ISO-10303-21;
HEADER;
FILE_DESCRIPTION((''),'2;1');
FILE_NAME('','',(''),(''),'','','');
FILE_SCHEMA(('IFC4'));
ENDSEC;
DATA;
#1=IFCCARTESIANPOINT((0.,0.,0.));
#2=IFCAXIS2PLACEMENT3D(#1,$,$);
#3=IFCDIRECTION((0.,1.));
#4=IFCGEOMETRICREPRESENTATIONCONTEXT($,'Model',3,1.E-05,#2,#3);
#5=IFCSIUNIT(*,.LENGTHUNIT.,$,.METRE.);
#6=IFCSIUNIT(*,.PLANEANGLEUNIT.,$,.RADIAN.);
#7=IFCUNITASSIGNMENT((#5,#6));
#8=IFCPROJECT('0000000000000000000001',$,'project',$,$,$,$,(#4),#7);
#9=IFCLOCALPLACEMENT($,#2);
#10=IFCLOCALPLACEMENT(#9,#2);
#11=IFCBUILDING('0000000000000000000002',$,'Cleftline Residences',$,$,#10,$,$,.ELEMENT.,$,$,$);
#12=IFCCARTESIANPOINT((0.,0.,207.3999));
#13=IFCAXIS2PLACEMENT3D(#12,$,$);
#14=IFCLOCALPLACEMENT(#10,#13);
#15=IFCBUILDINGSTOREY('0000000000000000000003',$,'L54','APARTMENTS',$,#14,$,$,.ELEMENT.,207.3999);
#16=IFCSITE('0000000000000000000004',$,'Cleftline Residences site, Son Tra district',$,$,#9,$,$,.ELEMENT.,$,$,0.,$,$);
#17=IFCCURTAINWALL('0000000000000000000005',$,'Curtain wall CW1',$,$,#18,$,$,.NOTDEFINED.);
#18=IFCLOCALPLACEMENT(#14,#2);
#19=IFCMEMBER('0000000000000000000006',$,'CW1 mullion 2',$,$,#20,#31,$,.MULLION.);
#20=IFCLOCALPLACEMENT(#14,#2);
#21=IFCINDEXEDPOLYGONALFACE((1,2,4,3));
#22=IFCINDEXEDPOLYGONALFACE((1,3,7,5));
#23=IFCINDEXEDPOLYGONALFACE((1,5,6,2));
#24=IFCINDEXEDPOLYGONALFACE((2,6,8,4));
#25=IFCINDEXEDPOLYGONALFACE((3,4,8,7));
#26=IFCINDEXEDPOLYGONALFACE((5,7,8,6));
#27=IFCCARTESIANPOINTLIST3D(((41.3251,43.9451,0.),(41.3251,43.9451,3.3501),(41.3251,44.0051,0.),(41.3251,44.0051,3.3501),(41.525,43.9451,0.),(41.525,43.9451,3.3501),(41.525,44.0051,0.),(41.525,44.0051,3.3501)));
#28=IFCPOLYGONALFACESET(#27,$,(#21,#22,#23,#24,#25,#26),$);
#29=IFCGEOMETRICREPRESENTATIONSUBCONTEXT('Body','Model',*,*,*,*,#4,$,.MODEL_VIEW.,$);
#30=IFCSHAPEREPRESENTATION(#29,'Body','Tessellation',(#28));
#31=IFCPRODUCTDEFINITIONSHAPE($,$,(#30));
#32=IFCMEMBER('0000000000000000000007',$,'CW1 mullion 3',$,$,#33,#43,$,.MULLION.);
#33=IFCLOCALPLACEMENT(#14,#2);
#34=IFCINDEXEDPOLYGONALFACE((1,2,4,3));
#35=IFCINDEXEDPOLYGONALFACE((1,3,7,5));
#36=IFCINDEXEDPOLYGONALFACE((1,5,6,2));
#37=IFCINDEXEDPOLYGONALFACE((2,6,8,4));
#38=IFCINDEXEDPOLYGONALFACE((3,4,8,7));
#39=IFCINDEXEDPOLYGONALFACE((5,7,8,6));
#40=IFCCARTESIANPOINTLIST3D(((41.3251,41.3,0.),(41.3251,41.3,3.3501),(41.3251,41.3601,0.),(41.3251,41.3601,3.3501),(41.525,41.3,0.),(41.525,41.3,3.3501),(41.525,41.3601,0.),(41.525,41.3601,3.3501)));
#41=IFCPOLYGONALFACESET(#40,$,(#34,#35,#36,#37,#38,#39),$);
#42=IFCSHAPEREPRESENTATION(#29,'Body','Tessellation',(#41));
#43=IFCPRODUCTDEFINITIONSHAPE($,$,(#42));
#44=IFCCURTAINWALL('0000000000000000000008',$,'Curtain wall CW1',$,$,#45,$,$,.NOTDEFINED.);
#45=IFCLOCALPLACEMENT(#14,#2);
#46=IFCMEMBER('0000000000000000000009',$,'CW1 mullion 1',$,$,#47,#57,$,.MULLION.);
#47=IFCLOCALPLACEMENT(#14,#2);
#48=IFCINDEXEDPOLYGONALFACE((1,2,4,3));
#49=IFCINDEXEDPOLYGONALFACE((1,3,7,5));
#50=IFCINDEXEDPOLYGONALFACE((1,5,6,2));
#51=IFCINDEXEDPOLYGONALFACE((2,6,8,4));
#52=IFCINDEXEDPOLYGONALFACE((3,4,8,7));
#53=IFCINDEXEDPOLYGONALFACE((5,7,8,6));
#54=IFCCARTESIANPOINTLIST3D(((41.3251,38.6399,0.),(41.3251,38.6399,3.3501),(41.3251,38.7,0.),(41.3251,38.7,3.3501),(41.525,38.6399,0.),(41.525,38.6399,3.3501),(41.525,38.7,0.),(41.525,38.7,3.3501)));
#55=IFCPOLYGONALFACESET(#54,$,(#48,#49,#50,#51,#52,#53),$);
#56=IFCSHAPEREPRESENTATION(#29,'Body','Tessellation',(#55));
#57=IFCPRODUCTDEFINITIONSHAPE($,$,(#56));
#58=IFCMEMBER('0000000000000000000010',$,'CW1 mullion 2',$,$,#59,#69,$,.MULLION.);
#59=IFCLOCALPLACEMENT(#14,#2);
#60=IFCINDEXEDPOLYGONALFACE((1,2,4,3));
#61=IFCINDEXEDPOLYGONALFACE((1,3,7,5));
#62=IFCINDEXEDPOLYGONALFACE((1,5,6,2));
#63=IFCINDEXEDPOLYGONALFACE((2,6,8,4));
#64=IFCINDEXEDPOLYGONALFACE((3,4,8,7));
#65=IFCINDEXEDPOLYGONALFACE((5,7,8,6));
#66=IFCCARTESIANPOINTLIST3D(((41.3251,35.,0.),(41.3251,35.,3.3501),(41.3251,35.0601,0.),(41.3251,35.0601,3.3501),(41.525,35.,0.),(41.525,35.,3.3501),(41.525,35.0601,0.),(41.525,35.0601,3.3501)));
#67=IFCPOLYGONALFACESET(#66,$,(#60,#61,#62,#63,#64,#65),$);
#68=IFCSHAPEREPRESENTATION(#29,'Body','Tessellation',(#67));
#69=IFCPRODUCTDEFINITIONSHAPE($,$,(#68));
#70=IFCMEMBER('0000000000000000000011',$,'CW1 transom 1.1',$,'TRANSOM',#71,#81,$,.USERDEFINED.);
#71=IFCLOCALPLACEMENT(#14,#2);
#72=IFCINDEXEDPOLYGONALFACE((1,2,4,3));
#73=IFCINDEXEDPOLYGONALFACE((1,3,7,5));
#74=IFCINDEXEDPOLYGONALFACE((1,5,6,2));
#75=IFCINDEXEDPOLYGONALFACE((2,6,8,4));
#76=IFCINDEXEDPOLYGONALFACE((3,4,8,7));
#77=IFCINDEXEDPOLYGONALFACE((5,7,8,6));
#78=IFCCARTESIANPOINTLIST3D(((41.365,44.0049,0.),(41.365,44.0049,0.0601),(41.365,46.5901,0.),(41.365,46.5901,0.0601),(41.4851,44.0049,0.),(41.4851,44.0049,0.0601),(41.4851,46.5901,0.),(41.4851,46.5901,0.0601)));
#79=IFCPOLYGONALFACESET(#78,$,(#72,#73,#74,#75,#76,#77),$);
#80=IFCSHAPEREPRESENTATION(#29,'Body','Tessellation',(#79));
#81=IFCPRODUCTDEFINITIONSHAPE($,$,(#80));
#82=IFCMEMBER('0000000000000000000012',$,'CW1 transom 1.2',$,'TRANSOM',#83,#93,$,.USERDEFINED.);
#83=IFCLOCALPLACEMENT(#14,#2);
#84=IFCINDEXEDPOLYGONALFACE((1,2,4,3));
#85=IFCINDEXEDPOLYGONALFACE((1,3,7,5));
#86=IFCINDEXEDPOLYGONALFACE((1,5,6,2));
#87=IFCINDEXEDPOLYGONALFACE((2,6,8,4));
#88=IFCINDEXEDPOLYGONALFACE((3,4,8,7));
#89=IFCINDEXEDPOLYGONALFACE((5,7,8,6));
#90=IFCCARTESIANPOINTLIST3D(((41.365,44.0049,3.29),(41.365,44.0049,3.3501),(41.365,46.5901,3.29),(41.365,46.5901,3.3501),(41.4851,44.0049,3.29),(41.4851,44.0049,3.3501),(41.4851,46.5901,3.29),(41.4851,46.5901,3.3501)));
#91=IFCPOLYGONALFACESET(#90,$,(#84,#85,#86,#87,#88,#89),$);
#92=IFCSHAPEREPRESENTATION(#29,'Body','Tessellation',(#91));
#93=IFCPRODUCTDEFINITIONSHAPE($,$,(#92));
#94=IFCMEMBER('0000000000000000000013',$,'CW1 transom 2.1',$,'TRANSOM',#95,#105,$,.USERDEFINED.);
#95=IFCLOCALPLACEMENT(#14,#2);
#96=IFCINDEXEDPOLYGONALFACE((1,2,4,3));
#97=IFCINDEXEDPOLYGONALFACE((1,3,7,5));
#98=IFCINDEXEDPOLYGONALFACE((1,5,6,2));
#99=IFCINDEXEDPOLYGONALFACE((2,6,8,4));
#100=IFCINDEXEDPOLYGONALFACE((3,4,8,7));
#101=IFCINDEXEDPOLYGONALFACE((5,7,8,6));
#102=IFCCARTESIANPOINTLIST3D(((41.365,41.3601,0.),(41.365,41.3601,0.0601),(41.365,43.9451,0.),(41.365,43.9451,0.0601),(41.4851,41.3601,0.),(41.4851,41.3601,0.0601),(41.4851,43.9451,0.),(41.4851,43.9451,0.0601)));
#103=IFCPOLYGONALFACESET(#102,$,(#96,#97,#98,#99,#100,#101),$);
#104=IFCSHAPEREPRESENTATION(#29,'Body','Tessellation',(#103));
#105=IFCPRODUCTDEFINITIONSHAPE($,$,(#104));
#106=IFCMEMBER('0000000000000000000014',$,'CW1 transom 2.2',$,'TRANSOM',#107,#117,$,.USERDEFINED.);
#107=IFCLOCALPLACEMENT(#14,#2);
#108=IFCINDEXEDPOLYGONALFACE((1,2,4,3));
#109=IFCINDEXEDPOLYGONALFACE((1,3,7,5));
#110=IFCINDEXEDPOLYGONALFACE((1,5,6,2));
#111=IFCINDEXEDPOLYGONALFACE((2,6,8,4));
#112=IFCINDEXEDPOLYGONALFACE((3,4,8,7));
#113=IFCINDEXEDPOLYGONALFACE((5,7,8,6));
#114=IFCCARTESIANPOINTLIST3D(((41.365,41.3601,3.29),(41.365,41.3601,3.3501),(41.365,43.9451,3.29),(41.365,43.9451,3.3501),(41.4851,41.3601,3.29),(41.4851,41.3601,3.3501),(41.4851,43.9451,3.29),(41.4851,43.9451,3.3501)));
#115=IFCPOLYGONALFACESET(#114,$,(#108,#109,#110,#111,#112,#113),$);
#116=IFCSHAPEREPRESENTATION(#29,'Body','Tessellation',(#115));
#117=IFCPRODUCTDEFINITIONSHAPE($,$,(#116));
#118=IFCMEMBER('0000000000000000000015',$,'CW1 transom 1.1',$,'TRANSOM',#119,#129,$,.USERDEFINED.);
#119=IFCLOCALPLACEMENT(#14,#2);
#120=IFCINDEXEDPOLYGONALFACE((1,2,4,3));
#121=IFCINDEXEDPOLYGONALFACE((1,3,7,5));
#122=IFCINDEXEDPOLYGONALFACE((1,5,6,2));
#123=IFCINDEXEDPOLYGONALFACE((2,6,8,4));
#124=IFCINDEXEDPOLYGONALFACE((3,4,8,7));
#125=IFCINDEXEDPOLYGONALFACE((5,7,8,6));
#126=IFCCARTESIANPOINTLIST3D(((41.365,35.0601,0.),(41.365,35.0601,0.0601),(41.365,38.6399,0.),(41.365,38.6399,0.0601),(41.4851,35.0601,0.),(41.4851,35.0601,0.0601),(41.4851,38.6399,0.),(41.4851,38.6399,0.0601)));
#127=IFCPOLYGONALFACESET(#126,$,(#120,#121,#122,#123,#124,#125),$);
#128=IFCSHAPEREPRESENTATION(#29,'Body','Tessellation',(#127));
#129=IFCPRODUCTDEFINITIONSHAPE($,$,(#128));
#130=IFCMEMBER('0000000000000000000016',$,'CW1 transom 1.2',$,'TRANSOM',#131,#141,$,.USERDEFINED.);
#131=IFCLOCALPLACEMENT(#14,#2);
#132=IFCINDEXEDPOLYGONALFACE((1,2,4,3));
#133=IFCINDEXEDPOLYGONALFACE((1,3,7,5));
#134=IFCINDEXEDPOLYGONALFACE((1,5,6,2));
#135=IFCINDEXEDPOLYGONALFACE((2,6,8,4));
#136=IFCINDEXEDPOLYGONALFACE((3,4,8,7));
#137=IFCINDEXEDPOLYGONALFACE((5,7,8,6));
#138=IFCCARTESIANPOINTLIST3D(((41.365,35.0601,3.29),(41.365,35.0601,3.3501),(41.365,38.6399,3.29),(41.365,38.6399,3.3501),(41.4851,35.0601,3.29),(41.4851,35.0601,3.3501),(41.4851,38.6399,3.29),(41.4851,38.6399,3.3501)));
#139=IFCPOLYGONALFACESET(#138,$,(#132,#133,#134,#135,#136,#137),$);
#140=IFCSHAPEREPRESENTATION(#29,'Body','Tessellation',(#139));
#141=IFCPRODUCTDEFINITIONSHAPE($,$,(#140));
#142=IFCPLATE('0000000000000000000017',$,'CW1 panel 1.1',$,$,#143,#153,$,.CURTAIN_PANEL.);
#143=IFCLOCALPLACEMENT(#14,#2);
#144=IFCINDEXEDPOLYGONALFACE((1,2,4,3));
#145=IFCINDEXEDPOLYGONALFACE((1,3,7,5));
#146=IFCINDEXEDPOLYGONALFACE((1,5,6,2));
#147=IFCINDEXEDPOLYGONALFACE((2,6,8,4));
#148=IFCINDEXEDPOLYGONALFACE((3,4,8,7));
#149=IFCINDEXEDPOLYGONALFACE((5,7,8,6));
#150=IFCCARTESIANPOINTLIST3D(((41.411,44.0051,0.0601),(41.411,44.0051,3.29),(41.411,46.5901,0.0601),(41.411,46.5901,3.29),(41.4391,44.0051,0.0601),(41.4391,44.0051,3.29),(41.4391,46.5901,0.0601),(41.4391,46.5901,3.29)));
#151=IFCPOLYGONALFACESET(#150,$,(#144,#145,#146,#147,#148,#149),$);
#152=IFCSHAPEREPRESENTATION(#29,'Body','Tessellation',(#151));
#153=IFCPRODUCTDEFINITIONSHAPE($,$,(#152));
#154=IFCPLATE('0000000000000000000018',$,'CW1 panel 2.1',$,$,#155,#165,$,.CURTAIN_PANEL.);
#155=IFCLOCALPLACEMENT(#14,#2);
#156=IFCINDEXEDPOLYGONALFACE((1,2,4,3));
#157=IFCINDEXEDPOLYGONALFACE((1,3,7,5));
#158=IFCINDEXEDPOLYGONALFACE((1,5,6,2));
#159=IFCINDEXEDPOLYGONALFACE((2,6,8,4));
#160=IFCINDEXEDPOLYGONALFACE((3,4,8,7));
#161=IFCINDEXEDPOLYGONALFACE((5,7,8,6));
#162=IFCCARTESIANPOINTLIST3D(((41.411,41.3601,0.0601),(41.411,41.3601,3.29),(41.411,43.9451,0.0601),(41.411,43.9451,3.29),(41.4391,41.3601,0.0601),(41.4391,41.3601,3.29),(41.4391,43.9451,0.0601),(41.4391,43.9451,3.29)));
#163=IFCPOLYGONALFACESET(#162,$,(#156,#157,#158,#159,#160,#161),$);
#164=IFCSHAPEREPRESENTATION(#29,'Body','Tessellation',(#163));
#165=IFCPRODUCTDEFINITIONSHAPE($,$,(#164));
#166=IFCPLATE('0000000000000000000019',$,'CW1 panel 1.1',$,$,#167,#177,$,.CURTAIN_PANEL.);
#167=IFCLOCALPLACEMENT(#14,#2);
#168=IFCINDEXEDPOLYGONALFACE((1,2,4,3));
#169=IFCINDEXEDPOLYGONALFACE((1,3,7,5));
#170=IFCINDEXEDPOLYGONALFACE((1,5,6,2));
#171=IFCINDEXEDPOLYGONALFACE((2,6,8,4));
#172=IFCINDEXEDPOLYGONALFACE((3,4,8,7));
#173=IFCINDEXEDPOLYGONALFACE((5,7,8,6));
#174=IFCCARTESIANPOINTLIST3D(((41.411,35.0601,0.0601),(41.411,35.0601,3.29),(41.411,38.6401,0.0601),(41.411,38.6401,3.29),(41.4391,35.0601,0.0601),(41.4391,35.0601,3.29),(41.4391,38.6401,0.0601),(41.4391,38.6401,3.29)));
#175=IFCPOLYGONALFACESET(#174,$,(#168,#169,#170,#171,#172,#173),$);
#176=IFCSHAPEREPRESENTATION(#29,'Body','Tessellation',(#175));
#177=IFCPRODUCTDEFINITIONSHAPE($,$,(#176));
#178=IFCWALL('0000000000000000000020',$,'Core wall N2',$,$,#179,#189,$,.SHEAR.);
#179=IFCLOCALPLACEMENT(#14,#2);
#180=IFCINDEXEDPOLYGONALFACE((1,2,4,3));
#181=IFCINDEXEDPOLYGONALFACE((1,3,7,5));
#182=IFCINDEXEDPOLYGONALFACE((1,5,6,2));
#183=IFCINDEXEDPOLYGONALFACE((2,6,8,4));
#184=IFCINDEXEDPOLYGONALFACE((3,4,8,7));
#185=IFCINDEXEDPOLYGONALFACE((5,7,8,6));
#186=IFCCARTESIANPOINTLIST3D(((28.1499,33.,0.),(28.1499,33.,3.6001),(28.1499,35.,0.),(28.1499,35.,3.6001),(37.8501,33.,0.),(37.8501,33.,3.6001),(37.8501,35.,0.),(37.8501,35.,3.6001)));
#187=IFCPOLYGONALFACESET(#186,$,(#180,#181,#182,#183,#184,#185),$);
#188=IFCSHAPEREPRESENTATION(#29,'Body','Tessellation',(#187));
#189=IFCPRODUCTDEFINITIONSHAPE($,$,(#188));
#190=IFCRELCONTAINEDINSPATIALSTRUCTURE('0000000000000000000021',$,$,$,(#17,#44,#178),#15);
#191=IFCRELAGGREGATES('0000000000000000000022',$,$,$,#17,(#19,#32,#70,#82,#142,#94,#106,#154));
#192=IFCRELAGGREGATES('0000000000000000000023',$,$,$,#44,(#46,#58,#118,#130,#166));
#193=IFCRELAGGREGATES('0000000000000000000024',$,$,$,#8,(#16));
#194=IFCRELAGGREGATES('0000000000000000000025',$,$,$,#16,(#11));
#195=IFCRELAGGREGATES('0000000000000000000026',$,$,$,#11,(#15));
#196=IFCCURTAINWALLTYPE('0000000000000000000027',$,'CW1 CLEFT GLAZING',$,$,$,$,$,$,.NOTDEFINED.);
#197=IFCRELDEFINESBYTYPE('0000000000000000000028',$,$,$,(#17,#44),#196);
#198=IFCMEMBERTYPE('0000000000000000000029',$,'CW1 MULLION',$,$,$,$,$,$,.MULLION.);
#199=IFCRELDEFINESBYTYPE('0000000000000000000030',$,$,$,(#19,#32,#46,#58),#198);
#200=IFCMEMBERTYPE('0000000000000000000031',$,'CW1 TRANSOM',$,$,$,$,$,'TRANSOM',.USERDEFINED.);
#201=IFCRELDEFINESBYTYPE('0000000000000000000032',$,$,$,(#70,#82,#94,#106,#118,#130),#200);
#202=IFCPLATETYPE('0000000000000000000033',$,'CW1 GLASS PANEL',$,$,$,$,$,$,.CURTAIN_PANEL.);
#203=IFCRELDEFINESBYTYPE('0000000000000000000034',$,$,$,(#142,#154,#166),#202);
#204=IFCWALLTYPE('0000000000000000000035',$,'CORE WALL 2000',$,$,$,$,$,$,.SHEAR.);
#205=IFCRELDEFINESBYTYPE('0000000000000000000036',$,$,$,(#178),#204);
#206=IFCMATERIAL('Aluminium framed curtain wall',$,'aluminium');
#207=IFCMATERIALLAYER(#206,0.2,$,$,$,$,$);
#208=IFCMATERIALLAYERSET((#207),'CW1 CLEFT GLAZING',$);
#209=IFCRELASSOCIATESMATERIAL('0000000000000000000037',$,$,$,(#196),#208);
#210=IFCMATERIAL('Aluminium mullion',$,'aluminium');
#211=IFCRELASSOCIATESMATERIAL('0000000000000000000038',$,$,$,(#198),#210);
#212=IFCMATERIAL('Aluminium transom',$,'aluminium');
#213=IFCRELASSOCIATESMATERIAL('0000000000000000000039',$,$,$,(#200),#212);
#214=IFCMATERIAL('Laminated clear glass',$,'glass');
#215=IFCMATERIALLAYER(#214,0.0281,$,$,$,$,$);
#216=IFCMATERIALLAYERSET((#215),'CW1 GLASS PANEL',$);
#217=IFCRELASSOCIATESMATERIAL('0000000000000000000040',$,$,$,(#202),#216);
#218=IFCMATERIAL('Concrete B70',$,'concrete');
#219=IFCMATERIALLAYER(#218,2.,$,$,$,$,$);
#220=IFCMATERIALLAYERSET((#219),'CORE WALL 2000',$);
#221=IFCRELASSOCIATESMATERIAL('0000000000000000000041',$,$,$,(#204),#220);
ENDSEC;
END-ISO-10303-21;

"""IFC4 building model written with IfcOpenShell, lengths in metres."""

from ifc_helpers import new_model, si_unit, direction, frame, frame_2d, origin, origin_2d, place, context, subcontext, project, spatial, rectangle, extrude, material, layer, layer_set, material_profile, profile_set, type_object, element, aggregate, save


model = new_model("IFC4")

# Units and contexts
model_context = context("Model", 3, precision=1e-05, world=origin(), true_north=direction((0.0, 1.0)))
body_context = subcontext(model_context, "Body", "Model", "MODEL_VIEW")
ifc_project = project(units=[si_unit("LENGTHUNIT", "METRE"), si_unit("PLANEANGLEUNIT", "RADIAN")], contexts=[model_context])

# Site, building, storey
site_placement = place(None, origin())
site = spatial("IfcSite", under=ifc_project, at=site_placement, Name="Cleftline Residences site, Son Tra district", CompositionType="ELEMENT", RefElevation=0.0)
building_placement = place(site_placement, origin())
building = spatial("IfcBuilding", under=site, at=building_placement, Name="Cleftline Residences", CompositionType="ELEMENT")
storey_placement = place(building_placement, frame((0.0, 0.0, 207.3999)))
storey = spatial("IfcBuildingStorey", under=building, at=storey_placement, Name="L54", Description="APARTMENTS", CompositionType="ELEMENT", Elevation=207.3999)

# Curtain walls, members
ifc_material_1 = material(Name="Aluminium framed curtain wall", Category="aluminium")
ifc_layer_1 = layer(ifc_material_1, 0.2)
ifc_layer_set_1 = layer_set([ifc_layer_1], Name="CW1 CLEFT GLAZING")
curtain_wall_type = type_object("IfcCurtainWallType", Name="CW1 CLEFT GLAZING", PredefinedType="NOTDEFINED", material=ifc_layer_set_1)
curtain_wall_1_placement = place(storey_placement, origin())
curtain_wall_1 = element("IfcCurtainWall", 1, at=curtain_wall_1_placement, inside=storey, type_object=curtain_wall_type, Name="Curtain wall CW1", PredefinedType="NOTDEFINED")
ifc_material_2 = material(Name="Aluminium mullion", Category="aluminium")
ifc_material_profile_1 = material_profile(ifc_material_2, rectangle(XDim=0.2, YDim=0.0601, at=origin_2d()))
ifc_profile_set_1 = profile_set([ifc_material_profile_1], Name="Aluminium mullion")
member_type_1 = type_object("IfcMemberType", Name="CW1 MULLION", PredefinedType="MULLION", material=ifc_profile_set_1)
member_1_placement = place(storey_placement, frame((41.425, 43.9751, 0.0), z_axis=(0.0, 0.0, 1.0), x_axis=(1.0, 0.0, 0.0)))
member_1 = element("IfcMember", 2, at=member_1_placement, type_object=member_type_1, Name="CW1 mullion 2", PredefinedType="MULLION", context=body_context, shape_type="SweptSolid", body=[
    extrude(rectangle(XDim=0.2, YDim=0.0601, at=origin_2d()), origin(), (0.0, 0.0, 1.0), 3.3501),
])
member_2_placement = place(storey_placement, frame((41.425, 41.3301, 0.0), z_axis=(0.0, 0.0, 1.0), x_axis=(1.0, 0.0, 0.0)))
member_2 = element("IfcMember", 3, at=member_2_placement, type_object=member_type_1, Name="CW1 mullion 3", PredefinedType="MULLION", context=body_context, shape_type="SweptSolid", body=[
    extrude(rectangle(XDim=0.2, YDim=0.0601, at=origin_2d()), origin(), (0.0, 0.0, 1.0), 3.3501),
])
curtain_wall_2_placement = place(storey_placement, origin())
curtain_wall_2 = element("IfcCurtainWall", 4, at=curtain_wall_2_placement, inside=storey, type_object=curtain_wall_type, Name="Curtain wall CW1", PredefinedType="NOTDEFINED")
member_3_placement = place(storey_placement, frame((41.425, 38.6699, 0.0), z_axis=(0.0, 0.0, 1.0), x_axis=(1.0, 0.0, 0.0)))
member_3 = element("IfcMember", 5, at=member_3_placement, type_object=member_type_1, Name="CW1 mullion 1", PredefinedType="MULLION", context=body_context, shape_type="SweptSolid", body=[
    extrude(rectangle(XDim=0.2, YDim=0.0601, at=origin_2d()), origin(), (0.0, 0.0, 1.0), 3.3501),
])
member_4_placement = place(storey_placement, frame((41.425, 35.03, 0.0), z_axis=(0.0, 0.0, 1.0), x_axis=(1.0, 0.0, 0.0)))
member_4 = element("IfcMember", 6, at=member_4_placement, type_object=member_type_1, Name="CW1 mullion 2", PredefinedType="MULLION", context=body_context, shape_type="SweptSolid", body=[
    extrude(rectangle(XDim=0.2, YDim=0.0601, at=origin_2d()), origin(), (0.0, 0.0, 1.0), 3.3501),
])

# Members
ifc_material_3 = material(Name="Aluminium transom", Category="aluminium")
ifc_material_profile_2 = material_profile(ifc_material_3, rectangle(XDim=0.1201, YDim=0.0601, at=origin_2d()))
ifc_profile_set_2 = profile_set([ifc_material_profile_2], Name="Aluminium transom")
member_type_2 = type_object("IfcMemberType", Name="CW1 TRANSOM", ElementType="TRANSOM", PredefinedType="USERDEFINED", material=ifc_profile_set_2)
member_5_placement = place(storey_placement, frame((41.425, 46.5901, 0.03), z_axis=(0.0, -1.0, 0.0), x_axis=(1.0, 0.0, 0.0)))
member_5 = element("IfcMember", 7, at=member_5_placement, type_object=member_type_2, Name="CW1 transom 1.1", ObjectType="TRANSOM", PredefinedType="USERDEFINED", context=body_context, shape_type="SweptSolid", body=[
    extrude(rectangle(XDim=0.1201, YDim=0.0601, at=origin_2d()), origin(), (0.0, 0.0, 1.0), 2.5852),
])
member_6_placement = place(storey_placement, frame((41.425, 46.5901, 3.3201), z_axis=(0.0, -1.0, 0.0), x_axis=(1.0, 0.0, 0.0)))
member_6 = element("IfcMember", 8, at=member_6_placement, type_object=member_type_2, Name="CW1 transom 1.2", ObjectType="TRANSOM", PredefinedType="USERDEFINED", context=body_context, shape_type="SweptSolid", body=[
    extrude(rectangle(XDim=0.1201, YDim=0.0601, at=origin_2d()), origin(), (0.0, 0.0, 1.0), 2.5852),
])
member_7_placement = place(storey_placement, frame((41.425, 43.9451, 0.03), z_axis=(0.0, -1.0, 0.0), x_axis=(1.0, 0.0, 0.0)))
member_7 = element("IfcMember", 9, at=member_7_placement, type_object=member_type_2, Name="CW1 transom 2.1", ObjectType="TRANSOM", PredefinedType="USERDEFINED", context=body_context, shape_type="SweptSolid", body=[
    extrude(rectangle(XDim=0.1201, YDim=0.0601, at=origin_2d()), origin(), (0.0, 0.0, 1.0), 2.585),
])
member_8_placement = place(storey_placement, frame((41.425, 43.9451, 3.3201), z_axis=(0.0, -1.0, 0.0), x_axis=(1.0, 0.0, 0.0)))
member_8 = element("IfcMember", 10, at=member_8_placement, type_object=member_type_2, Name="CW1 transom 2.2", ObjectType="TRANSOM", PredefinedType="USERDEFINED", context=body_context, shape_type="SweptSolid", body=[
    extrude(rectangle(XDim=0.1201, YDim=0.0601, at=origin_2d()), origin(), (0.0, 0.0, 1.0), 2.585),
])
member_9_placement = place(storey_placement, frame((41.425, 38.6399, 0.03), z_axis=(0.0, -1.0, 0.0), x_axis=(1.0, 0.0, 0.0)))
member_9 = element("IfcMember", 11, at=member_9_placement, type_object=member_type_2, Name="CW1 transom 1.1", ObjectType="TRANSOM", PredefinedType="USERDEFINED", context=body_context, shape_type="SweptSolid", body=[
    extrude(rectangle(XDim=0.1201, YDim=0.0601, at=origin_2d()), origin(), (0.0, 0.0, 1.0), 3.5798),
])
member_10_placement = place(storey_placement, frame((41.425, 38.6399, 3.3201), z_axis=(0.0, -1.0, 0.0), x_axis=(1.0, 0.0, 0.0)))
member_10 = element("IfcMember", 12, at=member_10_placement, type_object=member_type_2, Name="CW1 transom 1.2", ObjectType="TRANSOM", PredefinedType="USERDEFINED", context=body_context, shape_type="SweptSolid", body=[
    extrude(rectangle(XDim=0.1201, YDim=0.0601, at=origin_2d()), origin(), (0.0, 0.0, 1.0), 3.5798),
])

# Plates
ifc_material_4 = material(Name="Laminated clear glass", Category="glass")
ifc_layer_2 = layer(ifc_material_4, 0.0281)
ifc_layer_set_2 = layer_set([ifc_layer_2], Name="CW1 GLASS PANEL")
plate_type = type_object("IfcPlateType", Name="CW1 GLASS PANEL", PredefinedType="CURTAIN_PANEL", material=ifc_layer_set_2)
plate_1_placement = place(storey_placement, frame((41.425, 45.2976, 0.0601), z_axis=(0.0, 0.0, 1.0), x_axis=(0.0, -1.0, 0.0)))
plate_1 = element("IfcPlate", 13, at=plate_1_placement, type_object=plate_type, Name="CW1 panel 1.1", PredefinedType="CURTAIN_PANEL", context=body_context, shape_type="SweptSolid", body=[
    extrude(rectangle(XDim=2.585, YDim=0.0281, at=origin_2d()), origin(), (0.0, 0.0, 1.0), 3.23),
])
plate_2_placement = place(storey_placement, frame((41.425, 42.6526, 0.0601), z_axis=(0.0, 0.0, 1.0), x_axis=(0.0, -1.0, 0.0)))
plate_2 = element("IfcPlate", 14, at=plate_2_placement, type_object=plate_type, Name="CW1 panel 2.1", PredefinedType="CURTAIN_PANEL", context=body_context, shape_type="SweptSolid", body=[
    extrude(rectangle(XDim=2.585, YDim=0.0281, at=origin_2d()), origin(), (0.0, 0.0, 1.0), 3.23),
])
aggregate(curtain_wall_1, [member_1, member_2, member_5, member_6, plate_1, member_7, member_8, plate_2])
plate_3_placement = place(storey_placement, frame((41.425, 36.8501, 0.0601), z_axis=(0.0, 0.0, 1.0), x_axis=(0.0, -1.0, 0.0)))
plate_3 = element("IfcPlate", 15, at=plate_3_placement, type_object=plate_type, Name="CW1 panel 1.1", PredefinedType="CURTAIN_PANEL", context=body_context, shape_type="SweptSolid", body=[
    extrude(rectangle(XDim=3.5801, YDim=0.0281, at=origin_2d()), origin(), (0.0, 0.0, 1.0), 3.23),
])
aggregate(curtain_wall_2, [member_3, member_4, member_9, member_10, plate_3])

# Wall
ifc_material_5 = material(Name="Concrete B70", Category="concrete")
ifc_layer_3 = layer(ifc_material_5, 2.0)
ifc_layer_set_3 = layer_set([ifc_layer_3], Name="CORE WALL 2000")
wall_type_1 = type_object("IfcWallType", Name="CORE WALL 2000", PredefinedType="SHEAR", material=ifc_layer_set_3)
wall_1_placement = place(storey_placement, frame((28.1499, 34.0, 0.0), z_axis=(0.0, 0.0, 1.0), x_axis=(1.0, 0.0, 0.0)))
element("IfcWall", 16, at=wall_1_placement, inside=storey, type_object=wall_type_1, Name="Core wall N2", PredefinedType="SHEAR", context=body_context, shape_type="SweptSolid", body=[
    extrude(rectangle(XDim=9.7002, YDim=2.0, at=frame_2d((4.8501, 0.0))), origin(), (0.0, 0.0, 1.0), 3.6001),
])

save(model, "model.ifc")
